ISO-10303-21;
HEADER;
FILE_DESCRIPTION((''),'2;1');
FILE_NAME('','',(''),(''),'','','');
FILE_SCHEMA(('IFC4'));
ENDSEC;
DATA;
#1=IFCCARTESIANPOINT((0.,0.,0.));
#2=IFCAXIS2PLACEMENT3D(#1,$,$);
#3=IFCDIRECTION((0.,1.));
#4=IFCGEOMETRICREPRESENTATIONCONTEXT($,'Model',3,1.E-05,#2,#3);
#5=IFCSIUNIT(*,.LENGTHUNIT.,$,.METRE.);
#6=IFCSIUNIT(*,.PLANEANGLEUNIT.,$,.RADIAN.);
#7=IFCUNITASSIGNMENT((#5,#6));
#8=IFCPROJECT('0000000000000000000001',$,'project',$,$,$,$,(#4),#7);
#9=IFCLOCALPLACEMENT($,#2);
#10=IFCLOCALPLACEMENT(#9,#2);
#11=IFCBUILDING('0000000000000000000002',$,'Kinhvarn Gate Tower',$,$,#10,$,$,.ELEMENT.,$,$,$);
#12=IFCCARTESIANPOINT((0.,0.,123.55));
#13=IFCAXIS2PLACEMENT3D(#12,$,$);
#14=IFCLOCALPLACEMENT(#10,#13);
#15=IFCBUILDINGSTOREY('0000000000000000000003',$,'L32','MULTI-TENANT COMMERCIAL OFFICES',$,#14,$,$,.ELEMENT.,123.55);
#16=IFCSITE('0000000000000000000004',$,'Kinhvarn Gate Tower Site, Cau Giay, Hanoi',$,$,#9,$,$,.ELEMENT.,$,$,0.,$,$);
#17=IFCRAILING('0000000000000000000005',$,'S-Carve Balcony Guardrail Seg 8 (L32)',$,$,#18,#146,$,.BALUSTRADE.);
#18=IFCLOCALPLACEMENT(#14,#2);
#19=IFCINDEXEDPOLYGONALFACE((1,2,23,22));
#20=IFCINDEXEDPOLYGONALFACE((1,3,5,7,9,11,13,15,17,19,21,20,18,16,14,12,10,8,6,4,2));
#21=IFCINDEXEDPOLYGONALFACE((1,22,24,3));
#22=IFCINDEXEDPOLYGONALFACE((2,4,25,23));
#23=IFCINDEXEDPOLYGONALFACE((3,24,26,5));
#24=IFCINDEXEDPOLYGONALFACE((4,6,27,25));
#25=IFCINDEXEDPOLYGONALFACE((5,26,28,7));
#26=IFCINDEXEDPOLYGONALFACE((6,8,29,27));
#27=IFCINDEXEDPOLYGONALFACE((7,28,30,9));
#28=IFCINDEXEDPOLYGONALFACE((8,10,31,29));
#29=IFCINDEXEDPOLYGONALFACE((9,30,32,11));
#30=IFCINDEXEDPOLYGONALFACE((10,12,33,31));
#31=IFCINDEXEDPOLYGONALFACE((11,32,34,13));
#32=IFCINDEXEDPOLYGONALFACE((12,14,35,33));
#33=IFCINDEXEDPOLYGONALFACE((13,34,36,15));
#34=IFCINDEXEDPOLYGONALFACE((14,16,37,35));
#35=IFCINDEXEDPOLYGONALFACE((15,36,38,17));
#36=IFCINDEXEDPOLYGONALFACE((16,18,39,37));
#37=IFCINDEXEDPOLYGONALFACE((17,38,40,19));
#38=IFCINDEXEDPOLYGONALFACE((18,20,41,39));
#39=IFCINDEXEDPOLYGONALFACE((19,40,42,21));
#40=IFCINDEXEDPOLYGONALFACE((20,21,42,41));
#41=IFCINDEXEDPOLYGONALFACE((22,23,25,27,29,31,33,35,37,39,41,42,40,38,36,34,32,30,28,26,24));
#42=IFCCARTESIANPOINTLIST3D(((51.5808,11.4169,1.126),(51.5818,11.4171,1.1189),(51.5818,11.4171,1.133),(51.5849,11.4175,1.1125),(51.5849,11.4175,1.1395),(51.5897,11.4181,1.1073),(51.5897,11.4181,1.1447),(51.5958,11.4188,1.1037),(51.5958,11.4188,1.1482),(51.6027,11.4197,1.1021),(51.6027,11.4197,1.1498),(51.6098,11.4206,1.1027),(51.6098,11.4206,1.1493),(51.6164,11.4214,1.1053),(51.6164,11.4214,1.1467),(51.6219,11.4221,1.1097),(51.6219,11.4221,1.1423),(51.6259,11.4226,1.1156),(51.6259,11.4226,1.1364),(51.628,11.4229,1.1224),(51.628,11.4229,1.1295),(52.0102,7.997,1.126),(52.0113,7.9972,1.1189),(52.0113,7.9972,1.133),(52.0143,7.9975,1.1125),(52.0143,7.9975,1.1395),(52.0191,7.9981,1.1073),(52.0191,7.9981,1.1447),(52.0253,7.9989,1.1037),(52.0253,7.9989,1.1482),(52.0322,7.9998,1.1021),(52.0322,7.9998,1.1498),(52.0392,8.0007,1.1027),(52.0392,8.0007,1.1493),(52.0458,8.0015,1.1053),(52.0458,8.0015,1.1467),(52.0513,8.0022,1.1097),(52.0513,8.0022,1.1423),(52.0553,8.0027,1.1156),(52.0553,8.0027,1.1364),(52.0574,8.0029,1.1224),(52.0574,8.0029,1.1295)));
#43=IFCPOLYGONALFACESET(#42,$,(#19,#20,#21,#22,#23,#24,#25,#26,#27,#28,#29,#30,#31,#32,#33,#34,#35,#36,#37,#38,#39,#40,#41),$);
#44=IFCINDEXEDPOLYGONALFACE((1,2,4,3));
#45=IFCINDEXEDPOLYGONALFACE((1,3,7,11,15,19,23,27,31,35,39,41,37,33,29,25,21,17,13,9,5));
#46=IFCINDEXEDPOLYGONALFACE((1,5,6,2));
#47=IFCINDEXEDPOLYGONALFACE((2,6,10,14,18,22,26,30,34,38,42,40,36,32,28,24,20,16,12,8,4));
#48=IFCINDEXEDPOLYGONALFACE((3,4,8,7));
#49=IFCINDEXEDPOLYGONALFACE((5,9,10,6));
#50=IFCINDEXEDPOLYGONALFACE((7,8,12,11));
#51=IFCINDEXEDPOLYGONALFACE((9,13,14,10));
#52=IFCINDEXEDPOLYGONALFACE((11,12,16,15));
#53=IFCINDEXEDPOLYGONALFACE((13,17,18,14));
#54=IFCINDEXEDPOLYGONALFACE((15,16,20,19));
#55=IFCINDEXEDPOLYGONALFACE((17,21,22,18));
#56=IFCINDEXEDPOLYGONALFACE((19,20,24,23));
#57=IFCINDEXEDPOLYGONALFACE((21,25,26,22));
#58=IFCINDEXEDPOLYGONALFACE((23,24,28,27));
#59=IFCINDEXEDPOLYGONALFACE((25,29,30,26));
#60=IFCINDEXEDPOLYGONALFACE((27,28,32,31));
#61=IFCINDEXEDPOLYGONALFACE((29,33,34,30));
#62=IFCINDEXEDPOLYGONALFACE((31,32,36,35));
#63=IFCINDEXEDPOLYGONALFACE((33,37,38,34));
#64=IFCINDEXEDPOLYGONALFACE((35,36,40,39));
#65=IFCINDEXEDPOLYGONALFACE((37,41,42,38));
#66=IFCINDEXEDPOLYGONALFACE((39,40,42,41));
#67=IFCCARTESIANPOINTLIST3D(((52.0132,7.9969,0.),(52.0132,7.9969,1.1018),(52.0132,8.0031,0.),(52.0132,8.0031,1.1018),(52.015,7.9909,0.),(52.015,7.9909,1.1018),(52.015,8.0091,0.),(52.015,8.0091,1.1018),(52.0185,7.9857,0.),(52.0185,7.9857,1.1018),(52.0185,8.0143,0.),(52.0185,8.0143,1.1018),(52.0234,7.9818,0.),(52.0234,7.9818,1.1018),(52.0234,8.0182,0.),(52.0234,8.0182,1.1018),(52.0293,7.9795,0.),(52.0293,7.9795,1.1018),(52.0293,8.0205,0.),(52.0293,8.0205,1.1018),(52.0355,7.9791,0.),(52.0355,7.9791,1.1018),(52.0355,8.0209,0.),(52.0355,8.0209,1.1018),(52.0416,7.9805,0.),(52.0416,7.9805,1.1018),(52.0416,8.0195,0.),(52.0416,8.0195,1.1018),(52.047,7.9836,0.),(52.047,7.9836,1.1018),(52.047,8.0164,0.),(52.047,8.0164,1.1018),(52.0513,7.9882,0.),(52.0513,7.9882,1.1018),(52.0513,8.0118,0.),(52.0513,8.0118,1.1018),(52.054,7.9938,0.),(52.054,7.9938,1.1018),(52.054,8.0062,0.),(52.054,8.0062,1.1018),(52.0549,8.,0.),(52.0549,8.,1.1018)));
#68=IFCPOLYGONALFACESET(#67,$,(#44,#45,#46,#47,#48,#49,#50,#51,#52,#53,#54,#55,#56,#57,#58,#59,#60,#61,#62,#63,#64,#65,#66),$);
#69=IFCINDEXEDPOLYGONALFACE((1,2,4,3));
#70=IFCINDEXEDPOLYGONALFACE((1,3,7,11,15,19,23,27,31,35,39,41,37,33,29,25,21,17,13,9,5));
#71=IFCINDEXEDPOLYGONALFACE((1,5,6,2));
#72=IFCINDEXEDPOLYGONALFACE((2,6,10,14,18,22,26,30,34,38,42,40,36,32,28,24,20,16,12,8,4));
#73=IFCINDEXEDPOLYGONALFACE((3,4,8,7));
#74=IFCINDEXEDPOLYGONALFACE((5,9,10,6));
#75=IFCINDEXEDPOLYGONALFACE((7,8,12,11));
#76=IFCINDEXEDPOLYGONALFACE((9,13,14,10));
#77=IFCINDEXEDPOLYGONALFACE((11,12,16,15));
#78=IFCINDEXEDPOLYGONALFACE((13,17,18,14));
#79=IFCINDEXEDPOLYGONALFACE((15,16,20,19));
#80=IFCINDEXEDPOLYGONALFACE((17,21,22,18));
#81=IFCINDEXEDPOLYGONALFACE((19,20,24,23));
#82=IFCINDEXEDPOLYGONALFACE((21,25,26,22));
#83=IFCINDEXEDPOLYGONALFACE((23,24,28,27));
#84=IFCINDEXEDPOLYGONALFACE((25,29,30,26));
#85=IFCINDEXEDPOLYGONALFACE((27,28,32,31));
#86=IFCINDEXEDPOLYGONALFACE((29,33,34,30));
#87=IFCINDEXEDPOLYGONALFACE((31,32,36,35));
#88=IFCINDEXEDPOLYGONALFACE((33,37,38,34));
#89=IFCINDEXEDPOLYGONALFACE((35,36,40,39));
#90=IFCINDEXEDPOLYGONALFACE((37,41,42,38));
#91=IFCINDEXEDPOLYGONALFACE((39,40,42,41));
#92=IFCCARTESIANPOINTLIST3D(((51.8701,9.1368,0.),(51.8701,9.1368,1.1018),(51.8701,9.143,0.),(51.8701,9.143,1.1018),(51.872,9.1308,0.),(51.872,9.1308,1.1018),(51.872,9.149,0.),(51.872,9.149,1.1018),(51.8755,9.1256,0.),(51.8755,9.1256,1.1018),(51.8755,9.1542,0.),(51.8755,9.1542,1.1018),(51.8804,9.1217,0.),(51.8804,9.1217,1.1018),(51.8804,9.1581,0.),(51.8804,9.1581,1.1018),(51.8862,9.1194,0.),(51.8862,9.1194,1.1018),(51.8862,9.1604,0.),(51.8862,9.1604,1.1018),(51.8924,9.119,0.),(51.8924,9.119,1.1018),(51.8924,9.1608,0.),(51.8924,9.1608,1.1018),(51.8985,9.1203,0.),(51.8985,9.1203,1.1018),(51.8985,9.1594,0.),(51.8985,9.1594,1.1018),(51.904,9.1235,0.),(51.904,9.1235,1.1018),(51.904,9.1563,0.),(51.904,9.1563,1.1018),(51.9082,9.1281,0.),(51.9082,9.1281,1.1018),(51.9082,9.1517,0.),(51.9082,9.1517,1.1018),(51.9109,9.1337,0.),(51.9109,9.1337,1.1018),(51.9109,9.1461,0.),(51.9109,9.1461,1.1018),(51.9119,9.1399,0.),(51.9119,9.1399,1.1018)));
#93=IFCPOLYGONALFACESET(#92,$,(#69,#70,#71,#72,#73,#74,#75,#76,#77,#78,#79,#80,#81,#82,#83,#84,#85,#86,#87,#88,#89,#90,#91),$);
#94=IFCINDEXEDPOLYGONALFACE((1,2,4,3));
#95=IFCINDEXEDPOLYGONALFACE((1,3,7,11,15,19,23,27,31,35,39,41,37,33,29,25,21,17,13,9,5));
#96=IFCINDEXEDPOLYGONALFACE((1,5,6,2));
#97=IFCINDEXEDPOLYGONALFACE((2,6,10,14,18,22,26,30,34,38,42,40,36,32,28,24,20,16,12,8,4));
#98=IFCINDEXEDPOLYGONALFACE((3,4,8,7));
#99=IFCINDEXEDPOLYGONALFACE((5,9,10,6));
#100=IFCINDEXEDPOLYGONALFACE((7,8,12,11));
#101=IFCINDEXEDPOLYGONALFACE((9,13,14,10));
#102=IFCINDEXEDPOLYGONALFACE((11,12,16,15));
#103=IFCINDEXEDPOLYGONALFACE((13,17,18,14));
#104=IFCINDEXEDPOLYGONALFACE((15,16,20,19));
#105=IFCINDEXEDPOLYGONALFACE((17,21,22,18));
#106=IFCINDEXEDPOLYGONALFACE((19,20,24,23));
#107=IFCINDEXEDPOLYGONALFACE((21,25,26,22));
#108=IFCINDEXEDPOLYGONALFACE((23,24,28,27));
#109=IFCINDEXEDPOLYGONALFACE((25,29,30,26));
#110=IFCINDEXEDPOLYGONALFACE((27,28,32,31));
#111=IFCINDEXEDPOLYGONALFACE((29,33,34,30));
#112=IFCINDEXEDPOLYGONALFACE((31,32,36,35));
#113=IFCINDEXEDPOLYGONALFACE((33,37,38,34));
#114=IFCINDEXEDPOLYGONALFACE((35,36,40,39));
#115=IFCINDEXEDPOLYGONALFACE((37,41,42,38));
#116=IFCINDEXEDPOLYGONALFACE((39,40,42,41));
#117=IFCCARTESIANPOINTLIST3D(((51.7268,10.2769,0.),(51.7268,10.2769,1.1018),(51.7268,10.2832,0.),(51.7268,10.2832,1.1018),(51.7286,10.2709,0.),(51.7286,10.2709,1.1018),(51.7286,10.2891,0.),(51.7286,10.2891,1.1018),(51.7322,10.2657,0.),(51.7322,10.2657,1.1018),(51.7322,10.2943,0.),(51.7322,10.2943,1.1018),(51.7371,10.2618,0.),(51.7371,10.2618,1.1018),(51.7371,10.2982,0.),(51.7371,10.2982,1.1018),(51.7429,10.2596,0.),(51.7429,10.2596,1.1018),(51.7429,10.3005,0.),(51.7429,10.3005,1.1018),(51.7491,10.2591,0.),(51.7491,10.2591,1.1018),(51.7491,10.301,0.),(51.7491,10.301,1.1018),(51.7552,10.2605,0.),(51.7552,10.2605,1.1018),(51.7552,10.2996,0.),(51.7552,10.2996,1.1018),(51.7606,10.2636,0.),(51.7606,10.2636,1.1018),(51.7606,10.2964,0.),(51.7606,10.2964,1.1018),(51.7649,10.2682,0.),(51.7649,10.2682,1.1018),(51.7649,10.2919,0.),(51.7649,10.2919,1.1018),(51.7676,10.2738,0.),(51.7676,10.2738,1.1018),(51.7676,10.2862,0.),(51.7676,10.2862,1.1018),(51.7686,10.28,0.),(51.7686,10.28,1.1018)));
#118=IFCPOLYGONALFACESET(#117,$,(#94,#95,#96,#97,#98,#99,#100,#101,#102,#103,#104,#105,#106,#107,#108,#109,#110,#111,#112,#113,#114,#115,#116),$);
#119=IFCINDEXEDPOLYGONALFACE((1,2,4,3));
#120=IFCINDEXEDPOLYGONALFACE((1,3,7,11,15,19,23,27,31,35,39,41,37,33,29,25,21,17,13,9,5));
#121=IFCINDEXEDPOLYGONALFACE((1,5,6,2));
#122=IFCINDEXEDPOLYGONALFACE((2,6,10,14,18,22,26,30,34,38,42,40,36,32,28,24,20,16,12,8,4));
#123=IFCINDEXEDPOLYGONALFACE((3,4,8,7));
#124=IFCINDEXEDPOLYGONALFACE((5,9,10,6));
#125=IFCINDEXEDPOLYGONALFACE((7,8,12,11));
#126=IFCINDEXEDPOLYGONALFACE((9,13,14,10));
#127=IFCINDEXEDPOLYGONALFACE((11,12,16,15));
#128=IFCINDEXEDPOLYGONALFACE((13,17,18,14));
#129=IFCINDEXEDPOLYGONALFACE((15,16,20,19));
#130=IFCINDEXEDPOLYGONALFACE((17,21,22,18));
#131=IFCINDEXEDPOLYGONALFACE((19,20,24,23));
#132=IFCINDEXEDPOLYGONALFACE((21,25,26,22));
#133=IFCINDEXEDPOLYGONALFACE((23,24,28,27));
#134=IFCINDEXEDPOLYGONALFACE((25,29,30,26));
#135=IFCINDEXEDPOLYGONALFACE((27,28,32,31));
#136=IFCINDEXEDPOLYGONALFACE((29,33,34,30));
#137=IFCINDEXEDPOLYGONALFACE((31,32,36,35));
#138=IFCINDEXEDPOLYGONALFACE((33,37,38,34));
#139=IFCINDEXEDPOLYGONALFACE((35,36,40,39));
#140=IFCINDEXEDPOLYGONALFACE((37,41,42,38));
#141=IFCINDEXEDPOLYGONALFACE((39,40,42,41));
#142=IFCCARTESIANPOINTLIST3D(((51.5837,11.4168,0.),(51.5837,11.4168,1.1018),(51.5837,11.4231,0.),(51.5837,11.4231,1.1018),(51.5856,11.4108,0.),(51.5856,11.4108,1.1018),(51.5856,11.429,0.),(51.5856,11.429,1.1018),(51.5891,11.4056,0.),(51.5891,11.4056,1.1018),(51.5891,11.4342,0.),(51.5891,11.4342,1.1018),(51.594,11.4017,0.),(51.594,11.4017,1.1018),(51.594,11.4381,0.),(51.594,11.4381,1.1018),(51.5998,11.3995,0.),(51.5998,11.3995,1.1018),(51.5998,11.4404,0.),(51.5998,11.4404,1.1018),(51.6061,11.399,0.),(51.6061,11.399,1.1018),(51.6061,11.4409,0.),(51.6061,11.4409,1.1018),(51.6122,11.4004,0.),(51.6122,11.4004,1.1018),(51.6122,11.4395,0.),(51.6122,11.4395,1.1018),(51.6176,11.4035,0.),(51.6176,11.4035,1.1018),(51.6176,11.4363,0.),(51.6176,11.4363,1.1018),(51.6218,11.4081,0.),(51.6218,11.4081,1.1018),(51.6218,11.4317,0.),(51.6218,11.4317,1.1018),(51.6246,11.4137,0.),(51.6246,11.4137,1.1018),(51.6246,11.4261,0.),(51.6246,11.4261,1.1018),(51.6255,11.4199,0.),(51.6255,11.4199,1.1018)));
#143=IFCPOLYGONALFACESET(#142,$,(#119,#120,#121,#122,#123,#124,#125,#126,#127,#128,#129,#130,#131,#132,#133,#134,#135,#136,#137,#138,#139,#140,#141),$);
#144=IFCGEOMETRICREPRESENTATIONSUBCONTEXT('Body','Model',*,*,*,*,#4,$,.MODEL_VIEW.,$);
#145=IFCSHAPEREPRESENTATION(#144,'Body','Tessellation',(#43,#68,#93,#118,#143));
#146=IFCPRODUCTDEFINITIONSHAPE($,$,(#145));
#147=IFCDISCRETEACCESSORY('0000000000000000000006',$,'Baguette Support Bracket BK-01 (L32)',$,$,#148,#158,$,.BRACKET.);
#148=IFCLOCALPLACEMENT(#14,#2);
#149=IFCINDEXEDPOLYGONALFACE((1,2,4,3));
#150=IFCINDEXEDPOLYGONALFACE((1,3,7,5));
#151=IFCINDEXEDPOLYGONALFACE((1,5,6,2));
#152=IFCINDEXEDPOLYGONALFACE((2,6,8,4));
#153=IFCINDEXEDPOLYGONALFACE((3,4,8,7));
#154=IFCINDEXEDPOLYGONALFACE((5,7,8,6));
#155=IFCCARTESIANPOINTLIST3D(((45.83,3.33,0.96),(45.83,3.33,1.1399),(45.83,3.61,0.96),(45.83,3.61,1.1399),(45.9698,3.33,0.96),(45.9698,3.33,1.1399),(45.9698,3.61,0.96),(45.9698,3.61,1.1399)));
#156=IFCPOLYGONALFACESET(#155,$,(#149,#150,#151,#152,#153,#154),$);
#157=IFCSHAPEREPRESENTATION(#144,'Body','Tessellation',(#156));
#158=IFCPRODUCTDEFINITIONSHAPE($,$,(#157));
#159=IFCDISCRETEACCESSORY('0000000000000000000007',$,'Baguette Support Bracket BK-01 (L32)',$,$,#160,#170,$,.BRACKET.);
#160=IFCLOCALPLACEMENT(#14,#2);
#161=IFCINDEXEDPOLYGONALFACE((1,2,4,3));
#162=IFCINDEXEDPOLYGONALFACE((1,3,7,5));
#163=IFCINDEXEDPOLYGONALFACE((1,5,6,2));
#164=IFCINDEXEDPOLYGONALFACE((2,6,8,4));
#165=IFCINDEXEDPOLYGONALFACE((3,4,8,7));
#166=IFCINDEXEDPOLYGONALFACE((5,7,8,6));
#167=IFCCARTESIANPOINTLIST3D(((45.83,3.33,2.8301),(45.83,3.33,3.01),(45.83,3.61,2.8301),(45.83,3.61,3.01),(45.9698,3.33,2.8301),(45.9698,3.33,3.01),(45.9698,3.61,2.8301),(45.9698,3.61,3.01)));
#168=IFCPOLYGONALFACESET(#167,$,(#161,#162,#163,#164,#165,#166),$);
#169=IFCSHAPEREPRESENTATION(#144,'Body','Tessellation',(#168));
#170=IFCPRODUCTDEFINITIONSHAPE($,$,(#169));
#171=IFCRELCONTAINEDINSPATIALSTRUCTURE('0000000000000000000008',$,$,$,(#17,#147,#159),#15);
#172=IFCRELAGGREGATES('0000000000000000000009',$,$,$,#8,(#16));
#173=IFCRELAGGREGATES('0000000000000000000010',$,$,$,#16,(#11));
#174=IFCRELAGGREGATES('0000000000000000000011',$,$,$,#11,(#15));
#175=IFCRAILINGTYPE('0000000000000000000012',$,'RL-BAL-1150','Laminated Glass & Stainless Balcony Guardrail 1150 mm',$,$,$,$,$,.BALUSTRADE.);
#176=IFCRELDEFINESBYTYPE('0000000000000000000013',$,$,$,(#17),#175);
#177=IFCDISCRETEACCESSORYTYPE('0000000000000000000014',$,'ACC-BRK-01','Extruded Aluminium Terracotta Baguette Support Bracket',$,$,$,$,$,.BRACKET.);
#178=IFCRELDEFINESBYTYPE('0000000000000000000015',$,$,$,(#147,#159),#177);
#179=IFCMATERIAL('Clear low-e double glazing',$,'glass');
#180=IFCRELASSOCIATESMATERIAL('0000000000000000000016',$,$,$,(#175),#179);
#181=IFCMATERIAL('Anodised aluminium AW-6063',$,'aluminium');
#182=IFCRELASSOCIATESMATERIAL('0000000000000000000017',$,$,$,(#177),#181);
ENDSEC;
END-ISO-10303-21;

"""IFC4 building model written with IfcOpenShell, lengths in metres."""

from ifc_helpers import new_model, si_unit, direction, frame, origin, origin_2d, place, context, subcontext, project, spatial, rectangle, circle, extrude, material, type_object, element, save


model = new_model("IFC4")

# Units and contexts
model_context = context("Model", 3, precision=1e-05, world=origin(), true_north=direction((0.0, 1.0)))
body_context = subcontext(model_context, "Body", "Model", "MODEL_VIEW")
ifc_project = project(units=[si_unit("LENGTHUNIT", "METRE"), si_unit("PLANEANGLEUNIT", "RADIAN")], contexts=[model_context])

# Site, building, storey
site_placement = place(None, origin())
site = spatial("IfcSite", under=ifc_project, at=site_placement, Name="Kinhvarn Gate Tower Site, Cau Giay, Hanoi", CompositionType="ELEMENT", RefElevation=0.0)
building_placement = place(site_placement, origin())
building = spatial("IfcBuilding", under=site, at=building_placement, Name="Kinhvarn Gate Tower", CompositionType="ELEMENT")
storey_placement = place(building_placement, frame((0.0, 0.0, 123.55)))
storey = spatial("IfcBuildingStorey", under=building, at=storey_placement, Name="L32", Description="MULTI-TENANT COMMERCIAL OFFICES", CompositionType="ELEMENT", Elevation=123.55)

# Shared definitions
ifc_material_1 = material(Name="Anodised aluminium AW-6063", Category="aluminium")

# Shared definitions
ifc_material_2 = material(Name="Clear low-e double glazing", Category="glass")

# Railing
railing_type = type_object("IfcRailingType", Name="RL-BAL-1150", Description="Laminated Glass & Stainless Balcony Guardrail 1150 mm", PredefinedType="BALUSTRADE", material=ifc_material_2)
railing_1_placement = place(storey_placement, frame((52.0339, 8.0, 0.0)))
element("IfcRailing", 1, at=railing_1_placement, inside=storey, type_object=railing_type, Name="S-Carve Balcony Guardrail Seg 8 (L32)", PredefinedType="BALUSTRADE", context=body_context, shape_type="SweptSolid", body=[
    extrude(circle(Radius=0.0239, at=origin_2d()), frame((0.0, 0.0, 1.126), z_axis=(-0.124593, 0.992208, 0.0), x_axis=(-0.992208, -0.124593, 0.0)), (0.0, 0.0, 1.0), 3.4468),
    extrude(circle(Radius=0.021, at=origin_2d()), origin(), (0.0, 0.0, 1.0), 1.1018),
    extrude(circle(Radius=0.021, at=origin_2d()), frame((-0.1431, 1.1399, 0.0)), (0.0, 0.0, 1.0), 1.1018),
    extrude(circle(Radius=0.021, at=origin_2d()), frame((-0.2864, 2.28, 0.0)), (0.0, 0.0, 1.0), 1.1018),
    extrude(circle(Radius=0.021, at=origin_2d()), frame((-0.4294, 3.4199, 0.0)), (0.0, 0.0, 1.0), 1.1018),
])

# Discrete accessories
discrete_accessory_type = type_object("IfcDiscreteAccessoryType", Name="ACC-BRK-01", Description="Extruded Aluminium Terracotta Baguette Support Bracket", PredefinedType="BRACKET", material=ifc_material_1)
for number, where, z_axis, x_axis, name in (
    (2, (45.8999, 3.47, 0.96), (0.0, 0.0, 1.0), (1.0, 0.0, 0.0), "Baguette Support Bracket BK-01 (L32)"),
    (3, (45.8999, 3.47, 2.8301), (0.0, 0.0, 1.0), (1.0, 0.0, 0.0), "Baguette Support Bracket BK-01 (L32)"),
):
    element("IfcDiscreteAccessory", number, at=place(storey_placement, frame(where, z_axis=z_axis, x_axis=x_axis)), inside=storey, type_object=discrete_accessory_type, Name=name, PredefinedType="BRACKET", context=body_context, shape_type="SweptSolid", body=[
        extrude(rectangle(XDim=0.1399, YDim=0.28, at=origin_2d()), origin(), (0.0, 0.0, 1.0), 0.1799),
    ])

save(model, "model.ifc")
